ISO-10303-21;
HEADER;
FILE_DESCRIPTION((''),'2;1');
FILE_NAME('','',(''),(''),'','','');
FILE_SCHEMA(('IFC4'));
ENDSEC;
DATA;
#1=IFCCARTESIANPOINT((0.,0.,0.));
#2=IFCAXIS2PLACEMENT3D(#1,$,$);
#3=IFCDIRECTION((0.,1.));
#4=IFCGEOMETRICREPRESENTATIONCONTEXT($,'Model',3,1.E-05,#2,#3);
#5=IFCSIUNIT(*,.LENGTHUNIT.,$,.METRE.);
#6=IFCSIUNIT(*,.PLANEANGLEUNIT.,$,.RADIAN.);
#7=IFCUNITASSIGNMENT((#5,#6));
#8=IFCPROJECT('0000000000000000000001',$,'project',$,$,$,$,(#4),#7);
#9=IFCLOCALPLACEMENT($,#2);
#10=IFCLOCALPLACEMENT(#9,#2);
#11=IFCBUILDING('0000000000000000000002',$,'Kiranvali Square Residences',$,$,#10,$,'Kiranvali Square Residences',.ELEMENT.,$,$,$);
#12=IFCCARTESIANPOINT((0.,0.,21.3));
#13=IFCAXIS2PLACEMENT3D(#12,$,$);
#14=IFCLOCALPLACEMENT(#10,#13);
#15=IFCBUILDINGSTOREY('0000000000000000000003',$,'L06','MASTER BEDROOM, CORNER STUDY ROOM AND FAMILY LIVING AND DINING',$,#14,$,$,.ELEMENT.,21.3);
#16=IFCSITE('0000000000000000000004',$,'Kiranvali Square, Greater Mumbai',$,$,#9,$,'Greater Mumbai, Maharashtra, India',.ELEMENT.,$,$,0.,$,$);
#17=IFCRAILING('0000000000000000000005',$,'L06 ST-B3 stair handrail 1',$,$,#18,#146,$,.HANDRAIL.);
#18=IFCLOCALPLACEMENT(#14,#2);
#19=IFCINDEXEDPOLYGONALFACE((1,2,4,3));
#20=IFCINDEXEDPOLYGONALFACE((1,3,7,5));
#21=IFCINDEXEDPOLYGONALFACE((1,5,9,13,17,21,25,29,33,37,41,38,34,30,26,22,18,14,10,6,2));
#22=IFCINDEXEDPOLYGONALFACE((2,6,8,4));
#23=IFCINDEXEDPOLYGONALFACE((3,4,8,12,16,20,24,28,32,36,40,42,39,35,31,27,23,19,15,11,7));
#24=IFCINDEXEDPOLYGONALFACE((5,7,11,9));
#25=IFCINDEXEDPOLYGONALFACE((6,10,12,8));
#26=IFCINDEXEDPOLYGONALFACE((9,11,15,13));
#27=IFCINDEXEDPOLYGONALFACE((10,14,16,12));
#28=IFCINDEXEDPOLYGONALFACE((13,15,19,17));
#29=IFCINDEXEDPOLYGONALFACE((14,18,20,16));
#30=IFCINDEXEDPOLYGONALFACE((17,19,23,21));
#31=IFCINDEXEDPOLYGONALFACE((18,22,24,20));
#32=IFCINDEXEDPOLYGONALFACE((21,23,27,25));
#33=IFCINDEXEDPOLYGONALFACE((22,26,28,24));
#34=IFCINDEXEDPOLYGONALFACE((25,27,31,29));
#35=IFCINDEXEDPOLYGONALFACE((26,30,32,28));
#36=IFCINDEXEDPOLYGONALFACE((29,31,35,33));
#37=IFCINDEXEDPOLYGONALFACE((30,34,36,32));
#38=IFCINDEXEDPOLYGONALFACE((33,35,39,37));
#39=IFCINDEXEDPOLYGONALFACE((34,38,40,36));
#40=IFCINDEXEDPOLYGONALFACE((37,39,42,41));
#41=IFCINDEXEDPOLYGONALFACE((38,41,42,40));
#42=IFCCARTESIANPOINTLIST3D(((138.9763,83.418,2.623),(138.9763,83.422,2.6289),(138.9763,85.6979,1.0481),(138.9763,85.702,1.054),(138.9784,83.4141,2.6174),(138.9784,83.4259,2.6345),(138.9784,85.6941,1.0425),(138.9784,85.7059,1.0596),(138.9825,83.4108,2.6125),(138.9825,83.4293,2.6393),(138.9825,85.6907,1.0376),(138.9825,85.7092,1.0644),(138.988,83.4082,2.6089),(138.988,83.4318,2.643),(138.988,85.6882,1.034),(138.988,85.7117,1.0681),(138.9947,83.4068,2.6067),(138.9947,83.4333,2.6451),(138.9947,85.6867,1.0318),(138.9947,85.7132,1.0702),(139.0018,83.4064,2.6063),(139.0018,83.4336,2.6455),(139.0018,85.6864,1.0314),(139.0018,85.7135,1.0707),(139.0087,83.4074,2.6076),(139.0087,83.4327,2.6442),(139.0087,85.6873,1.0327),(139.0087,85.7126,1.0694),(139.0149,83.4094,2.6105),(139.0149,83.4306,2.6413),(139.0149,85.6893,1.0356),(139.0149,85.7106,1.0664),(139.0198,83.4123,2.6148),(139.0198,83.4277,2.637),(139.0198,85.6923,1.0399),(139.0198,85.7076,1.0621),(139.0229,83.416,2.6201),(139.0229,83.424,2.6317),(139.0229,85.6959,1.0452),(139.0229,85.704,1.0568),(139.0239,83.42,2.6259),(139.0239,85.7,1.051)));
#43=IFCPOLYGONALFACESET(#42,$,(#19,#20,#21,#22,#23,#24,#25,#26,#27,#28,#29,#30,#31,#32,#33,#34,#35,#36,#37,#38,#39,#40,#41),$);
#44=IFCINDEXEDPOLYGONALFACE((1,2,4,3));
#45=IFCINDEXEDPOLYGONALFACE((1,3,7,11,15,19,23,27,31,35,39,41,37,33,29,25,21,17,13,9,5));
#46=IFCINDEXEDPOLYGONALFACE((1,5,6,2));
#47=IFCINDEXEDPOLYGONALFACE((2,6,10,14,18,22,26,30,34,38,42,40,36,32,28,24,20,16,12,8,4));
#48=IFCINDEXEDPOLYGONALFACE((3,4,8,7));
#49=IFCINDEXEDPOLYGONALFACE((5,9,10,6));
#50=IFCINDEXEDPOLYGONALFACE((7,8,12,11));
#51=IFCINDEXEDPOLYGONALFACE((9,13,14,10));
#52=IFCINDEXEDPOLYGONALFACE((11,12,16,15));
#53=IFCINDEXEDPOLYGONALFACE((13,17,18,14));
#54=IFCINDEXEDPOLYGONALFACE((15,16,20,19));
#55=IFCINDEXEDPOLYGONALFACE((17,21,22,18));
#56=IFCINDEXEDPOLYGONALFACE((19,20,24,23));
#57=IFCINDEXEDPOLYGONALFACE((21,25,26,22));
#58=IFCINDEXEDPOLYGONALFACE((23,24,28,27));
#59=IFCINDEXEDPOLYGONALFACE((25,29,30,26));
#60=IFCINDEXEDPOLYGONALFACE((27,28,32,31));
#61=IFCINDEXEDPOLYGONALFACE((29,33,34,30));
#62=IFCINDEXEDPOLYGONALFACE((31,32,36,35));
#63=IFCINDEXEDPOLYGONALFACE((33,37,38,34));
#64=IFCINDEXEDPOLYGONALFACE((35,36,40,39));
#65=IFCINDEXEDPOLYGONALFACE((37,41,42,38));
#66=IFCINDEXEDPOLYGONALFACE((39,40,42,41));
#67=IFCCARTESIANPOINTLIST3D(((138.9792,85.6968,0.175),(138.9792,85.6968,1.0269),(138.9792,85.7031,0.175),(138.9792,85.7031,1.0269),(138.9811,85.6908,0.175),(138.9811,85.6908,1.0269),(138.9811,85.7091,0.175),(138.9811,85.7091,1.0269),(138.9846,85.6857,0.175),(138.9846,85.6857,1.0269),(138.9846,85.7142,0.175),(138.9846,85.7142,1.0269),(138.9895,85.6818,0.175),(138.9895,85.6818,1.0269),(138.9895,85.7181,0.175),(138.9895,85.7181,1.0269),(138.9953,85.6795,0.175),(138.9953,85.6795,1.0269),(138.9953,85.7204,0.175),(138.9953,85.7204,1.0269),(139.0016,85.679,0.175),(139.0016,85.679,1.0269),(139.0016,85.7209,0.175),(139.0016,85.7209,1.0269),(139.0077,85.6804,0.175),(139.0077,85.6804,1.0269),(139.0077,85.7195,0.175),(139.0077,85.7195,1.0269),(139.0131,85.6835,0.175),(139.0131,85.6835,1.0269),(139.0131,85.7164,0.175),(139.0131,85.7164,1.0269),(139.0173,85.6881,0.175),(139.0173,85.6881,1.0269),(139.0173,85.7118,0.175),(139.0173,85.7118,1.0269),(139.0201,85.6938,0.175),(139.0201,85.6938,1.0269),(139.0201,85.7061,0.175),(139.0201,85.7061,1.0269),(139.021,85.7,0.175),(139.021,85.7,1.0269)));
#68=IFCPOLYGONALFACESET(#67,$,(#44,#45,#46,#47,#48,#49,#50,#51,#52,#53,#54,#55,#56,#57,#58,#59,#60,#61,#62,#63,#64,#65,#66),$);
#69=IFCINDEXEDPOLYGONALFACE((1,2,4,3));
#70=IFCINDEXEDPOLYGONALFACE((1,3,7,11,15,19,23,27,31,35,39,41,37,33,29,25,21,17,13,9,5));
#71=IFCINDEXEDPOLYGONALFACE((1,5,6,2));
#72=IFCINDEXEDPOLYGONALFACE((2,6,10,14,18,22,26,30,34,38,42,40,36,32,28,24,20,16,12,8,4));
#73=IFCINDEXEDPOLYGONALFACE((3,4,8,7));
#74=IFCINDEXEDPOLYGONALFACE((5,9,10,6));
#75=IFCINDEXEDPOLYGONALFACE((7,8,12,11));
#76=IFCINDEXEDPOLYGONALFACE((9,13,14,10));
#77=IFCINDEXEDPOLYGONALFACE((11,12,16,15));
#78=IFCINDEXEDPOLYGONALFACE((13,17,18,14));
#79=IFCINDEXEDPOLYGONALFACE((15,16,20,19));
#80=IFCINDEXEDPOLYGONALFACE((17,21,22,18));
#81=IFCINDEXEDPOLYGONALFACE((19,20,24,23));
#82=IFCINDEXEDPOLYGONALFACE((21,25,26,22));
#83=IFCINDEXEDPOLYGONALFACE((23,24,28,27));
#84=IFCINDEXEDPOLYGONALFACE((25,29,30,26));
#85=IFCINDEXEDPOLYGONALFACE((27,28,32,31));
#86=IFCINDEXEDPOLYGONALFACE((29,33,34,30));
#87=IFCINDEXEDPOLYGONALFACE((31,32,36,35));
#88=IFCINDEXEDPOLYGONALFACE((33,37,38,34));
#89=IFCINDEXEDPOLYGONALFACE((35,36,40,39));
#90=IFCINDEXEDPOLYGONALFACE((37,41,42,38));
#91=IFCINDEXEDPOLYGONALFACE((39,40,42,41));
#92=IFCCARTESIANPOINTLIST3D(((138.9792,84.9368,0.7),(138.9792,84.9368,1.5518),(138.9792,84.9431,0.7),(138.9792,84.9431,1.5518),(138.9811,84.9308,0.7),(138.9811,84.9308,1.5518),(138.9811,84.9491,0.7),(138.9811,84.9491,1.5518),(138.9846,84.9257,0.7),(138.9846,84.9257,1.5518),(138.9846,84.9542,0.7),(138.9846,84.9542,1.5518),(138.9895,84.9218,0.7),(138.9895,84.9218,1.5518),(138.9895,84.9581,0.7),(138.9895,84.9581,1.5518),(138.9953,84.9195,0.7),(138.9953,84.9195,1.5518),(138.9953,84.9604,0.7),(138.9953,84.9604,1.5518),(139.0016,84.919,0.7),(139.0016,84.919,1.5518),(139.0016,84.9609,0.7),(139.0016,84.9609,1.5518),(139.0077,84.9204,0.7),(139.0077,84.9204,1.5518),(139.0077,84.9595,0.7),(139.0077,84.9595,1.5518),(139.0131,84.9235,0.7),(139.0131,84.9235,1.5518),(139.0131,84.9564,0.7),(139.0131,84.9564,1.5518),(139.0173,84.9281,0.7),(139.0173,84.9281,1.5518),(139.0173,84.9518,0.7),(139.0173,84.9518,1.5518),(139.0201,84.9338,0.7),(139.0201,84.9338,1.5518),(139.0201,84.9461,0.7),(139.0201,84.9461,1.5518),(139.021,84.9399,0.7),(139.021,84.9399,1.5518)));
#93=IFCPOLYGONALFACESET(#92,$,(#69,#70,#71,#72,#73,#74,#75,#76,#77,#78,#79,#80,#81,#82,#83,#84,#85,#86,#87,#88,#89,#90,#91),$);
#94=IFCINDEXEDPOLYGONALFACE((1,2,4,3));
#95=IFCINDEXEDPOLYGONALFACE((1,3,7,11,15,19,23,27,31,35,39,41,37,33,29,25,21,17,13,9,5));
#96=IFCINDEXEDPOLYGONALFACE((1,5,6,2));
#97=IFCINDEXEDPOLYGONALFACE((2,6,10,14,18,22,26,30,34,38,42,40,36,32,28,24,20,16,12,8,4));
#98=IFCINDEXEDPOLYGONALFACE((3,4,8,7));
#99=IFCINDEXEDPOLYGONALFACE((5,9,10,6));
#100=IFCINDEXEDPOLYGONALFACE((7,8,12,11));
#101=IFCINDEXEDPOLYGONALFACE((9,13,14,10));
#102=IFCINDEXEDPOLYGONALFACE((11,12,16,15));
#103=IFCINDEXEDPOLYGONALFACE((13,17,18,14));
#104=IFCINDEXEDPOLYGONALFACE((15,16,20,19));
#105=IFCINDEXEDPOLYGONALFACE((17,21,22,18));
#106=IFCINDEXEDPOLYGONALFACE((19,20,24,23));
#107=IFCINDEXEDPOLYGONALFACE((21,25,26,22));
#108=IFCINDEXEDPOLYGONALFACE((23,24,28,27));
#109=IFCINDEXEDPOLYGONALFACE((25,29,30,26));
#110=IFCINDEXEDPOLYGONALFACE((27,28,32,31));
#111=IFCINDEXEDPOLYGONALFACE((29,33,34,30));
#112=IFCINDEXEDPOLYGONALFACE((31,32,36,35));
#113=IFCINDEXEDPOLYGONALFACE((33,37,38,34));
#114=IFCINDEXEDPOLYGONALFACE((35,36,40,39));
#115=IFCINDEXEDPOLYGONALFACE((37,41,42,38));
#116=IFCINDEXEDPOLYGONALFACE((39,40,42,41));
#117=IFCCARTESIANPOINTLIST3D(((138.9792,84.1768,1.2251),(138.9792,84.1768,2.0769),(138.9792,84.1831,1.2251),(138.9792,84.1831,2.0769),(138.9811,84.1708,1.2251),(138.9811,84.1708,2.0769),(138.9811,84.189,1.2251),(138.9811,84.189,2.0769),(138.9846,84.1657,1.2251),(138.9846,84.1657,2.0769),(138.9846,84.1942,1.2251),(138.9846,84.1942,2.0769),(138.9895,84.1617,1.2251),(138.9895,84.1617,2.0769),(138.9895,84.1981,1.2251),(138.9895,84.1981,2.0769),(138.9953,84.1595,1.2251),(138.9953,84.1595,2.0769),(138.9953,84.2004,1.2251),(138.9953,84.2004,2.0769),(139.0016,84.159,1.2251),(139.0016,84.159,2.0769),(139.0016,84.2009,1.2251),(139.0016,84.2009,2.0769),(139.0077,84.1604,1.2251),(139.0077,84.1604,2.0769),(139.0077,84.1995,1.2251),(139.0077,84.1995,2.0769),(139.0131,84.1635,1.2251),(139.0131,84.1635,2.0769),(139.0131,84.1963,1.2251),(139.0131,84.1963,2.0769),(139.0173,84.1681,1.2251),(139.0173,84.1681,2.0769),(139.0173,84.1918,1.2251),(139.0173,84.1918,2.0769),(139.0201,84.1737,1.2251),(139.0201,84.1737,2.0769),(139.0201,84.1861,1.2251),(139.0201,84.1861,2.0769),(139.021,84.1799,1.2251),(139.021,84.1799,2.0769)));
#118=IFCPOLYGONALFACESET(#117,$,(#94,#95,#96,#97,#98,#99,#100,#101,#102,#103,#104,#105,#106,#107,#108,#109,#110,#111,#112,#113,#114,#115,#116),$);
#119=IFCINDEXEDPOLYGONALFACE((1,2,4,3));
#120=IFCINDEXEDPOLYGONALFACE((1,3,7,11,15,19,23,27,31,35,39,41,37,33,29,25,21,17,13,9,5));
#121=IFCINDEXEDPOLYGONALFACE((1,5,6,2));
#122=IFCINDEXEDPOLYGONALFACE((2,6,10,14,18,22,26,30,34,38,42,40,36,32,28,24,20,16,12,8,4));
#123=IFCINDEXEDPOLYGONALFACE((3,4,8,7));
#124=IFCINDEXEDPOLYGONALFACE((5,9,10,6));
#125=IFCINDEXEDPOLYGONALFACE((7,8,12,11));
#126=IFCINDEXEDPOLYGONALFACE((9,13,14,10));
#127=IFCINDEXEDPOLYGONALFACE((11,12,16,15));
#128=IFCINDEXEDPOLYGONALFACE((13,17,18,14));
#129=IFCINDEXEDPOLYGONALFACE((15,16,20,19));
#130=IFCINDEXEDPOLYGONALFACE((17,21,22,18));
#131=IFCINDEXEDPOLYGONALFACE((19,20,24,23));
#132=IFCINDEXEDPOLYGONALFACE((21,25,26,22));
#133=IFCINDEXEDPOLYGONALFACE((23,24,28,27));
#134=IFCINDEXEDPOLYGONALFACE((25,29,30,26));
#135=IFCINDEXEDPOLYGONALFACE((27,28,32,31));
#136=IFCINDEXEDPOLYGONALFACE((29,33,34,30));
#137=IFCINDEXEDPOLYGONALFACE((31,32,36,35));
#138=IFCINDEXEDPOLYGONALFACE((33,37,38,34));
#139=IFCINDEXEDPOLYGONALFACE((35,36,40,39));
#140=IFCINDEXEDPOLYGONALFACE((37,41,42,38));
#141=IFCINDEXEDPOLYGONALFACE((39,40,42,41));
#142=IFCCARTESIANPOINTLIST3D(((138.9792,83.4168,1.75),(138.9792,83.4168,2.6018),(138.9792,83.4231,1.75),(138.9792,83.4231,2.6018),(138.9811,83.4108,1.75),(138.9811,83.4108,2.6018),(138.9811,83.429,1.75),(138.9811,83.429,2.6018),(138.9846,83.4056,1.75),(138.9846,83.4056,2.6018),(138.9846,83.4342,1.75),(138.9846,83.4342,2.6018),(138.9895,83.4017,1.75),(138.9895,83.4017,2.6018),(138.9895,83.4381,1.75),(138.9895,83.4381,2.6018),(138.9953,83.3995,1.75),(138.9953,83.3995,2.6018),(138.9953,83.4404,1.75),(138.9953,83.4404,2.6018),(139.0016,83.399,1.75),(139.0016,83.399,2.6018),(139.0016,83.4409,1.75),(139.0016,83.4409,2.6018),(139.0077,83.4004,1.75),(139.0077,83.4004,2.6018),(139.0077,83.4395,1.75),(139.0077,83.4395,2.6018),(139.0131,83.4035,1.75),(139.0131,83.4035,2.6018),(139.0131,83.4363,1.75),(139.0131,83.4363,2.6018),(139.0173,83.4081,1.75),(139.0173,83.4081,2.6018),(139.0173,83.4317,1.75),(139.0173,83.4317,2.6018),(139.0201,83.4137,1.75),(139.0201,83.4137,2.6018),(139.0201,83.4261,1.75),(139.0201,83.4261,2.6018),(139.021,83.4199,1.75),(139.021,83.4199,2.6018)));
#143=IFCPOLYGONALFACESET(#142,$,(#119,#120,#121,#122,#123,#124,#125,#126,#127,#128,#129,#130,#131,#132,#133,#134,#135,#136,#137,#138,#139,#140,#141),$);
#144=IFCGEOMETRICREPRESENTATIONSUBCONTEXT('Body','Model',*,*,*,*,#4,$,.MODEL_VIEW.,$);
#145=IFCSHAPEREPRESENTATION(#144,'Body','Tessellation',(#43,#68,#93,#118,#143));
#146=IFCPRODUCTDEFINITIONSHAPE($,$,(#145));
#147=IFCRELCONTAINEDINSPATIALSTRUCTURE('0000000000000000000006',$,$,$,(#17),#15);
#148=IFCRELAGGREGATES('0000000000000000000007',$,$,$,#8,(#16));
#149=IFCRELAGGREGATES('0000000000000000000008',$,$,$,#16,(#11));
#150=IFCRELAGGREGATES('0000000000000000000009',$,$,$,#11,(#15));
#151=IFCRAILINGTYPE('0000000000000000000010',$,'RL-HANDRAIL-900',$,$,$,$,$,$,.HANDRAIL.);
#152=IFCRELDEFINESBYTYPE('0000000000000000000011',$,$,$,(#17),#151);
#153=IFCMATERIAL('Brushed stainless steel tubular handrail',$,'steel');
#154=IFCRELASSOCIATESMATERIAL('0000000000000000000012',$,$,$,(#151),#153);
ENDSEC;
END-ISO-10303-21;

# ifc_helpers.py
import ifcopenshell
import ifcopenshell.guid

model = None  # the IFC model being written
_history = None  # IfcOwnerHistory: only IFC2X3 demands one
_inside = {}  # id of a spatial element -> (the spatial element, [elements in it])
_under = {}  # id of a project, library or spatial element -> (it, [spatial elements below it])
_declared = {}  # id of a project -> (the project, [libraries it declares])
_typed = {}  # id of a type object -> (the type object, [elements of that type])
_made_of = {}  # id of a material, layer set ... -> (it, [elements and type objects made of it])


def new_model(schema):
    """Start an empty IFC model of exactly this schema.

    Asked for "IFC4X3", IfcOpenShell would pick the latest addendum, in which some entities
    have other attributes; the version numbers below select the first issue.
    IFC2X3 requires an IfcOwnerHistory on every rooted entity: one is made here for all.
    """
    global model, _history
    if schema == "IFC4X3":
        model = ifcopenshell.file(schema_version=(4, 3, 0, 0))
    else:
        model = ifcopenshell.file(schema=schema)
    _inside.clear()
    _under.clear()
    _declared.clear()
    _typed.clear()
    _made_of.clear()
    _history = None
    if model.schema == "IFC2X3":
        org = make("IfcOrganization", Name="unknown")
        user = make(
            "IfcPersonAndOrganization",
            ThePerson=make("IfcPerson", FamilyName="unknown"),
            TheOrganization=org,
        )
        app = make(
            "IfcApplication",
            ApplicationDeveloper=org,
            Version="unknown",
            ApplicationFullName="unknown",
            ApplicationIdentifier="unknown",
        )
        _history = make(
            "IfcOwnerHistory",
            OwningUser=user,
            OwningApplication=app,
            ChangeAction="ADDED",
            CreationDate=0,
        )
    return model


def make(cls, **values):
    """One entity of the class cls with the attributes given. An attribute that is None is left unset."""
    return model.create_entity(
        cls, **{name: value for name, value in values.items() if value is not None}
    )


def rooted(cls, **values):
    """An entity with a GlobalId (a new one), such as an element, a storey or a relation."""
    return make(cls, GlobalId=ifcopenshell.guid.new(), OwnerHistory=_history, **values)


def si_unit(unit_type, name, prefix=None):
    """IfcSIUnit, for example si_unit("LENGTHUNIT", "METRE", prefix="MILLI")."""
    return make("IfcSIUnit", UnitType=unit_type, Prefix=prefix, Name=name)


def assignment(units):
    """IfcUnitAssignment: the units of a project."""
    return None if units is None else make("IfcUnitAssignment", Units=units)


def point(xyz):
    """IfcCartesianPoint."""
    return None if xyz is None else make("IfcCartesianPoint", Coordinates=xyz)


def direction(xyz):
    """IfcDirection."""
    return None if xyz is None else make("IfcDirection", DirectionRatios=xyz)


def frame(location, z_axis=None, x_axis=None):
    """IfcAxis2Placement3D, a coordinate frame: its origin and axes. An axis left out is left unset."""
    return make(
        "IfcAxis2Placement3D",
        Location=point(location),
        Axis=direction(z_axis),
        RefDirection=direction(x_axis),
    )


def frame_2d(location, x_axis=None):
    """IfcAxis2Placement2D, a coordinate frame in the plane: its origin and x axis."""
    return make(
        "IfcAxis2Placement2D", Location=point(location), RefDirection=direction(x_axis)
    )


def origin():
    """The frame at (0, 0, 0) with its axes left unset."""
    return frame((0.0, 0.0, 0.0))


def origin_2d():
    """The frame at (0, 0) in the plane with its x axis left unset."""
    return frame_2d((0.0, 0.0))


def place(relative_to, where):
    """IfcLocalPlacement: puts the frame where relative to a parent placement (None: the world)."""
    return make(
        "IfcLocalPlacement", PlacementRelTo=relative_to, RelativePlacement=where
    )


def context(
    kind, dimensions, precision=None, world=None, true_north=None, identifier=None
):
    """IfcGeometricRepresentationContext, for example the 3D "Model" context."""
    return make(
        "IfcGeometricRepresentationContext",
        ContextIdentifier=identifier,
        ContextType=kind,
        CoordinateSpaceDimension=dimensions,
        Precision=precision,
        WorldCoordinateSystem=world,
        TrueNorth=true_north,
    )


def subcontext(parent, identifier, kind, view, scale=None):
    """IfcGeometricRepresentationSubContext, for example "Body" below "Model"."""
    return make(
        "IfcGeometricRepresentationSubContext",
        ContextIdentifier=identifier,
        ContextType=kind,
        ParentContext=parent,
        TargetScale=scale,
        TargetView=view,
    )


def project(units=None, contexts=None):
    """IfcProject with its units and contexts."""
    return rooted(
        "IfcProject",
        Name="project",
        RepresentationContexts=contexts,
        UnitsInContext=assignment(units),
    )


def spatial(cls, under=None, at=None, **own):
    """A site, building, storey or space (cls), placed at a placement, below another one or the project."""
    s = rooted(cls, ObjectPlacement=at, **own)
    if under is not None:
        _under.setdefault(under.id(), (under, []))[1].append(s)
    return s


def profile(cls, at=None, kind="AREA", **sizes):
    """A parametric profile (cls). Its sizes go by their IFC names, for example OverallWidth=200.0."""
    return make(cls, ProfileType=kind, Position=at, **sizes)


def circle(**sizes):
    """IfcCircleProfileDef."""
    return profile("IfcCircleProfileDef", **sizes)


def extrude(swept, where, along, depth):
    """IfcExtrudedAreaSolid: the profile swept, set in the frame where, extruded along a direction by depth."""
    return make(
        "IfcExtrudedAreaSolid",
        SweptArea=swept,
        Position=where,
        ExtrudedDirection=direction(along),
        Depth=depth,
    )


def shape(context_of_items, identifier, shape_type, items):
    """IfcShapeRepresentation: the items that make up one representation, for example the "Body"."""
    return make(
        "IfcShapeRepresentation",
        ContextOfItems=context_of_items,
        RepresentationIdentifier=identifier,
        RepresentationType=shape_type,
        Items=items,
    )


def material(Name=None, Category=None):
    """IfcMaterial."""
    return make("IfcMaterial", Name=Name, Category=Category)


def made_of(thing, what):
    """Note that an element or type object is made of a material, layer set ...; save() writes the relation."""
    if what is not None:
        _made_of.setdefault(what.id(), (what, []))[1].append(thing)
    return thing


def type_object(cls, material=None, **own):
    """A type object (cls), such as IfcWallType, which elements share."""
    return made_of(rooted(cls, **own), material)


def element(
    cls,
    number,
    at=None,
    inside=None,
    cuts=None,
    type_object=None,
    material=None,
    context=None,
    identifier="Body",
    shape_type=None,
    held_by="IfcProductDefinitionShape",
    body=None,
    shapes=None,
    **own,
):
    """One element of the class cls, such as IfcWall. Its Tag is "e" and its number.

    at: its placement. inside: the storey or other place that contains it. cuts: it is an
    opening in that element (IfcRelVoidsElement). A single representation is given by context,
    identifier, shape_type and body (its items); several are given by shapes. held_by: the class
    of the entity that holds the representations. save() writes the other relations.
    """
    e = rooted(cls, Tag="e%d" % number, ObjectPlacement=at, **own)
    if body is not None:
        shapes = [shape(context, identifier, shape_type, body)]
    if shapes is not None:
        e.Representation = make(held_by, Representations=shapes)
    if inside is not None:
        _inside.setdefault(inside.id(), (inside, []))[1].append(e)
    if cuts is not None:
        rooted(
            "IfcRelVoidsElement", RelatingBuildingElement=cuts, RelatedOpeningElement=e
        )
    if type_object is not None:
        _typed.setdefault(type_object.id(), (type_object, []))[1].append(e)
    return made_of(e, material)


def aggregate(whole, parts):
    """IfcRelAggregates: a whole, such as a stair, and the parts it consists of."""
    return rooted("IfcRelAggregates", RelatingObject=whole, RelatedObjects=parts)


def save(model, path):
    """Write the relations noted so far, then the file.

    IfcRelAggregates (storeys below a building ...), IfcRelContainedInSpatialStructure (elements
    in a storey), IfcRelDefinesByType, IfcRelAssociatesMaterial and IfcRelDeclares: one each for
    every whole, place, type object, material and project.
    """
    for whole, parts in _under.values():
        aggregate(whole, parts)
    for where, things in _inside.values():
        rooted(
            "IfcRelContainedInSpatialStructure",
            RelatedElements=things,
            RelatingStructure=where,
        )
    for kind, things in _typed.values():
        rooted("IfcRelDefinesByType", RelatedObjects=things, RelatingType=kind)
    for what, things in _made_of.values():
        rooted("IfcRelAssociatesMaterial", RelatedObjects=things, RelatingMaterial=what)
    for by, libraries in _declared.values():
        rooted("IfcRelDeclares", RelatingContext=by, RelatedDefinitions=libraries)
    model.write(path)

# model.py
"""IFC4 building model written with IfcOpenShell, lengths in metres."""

from ifc_helpers import new_model, si_unit, direction, frame, origin, origin_2d, place, context, subcontext, project, spatial, circle, extrude, material, type_object, element, save


model = new_model("IFC4")

# Units and contexts
model_context = context("Model", 3, precision=1e-05, world=origin(), true_north=direction((0.0, 1.0)))
body_context = subcontext(model_context, "Body", "Model", "MODEL_VIEW")
ifc_project = project(units=[si_unit("LENGTHUNIT", "METRE"), si_unit("PLANEANGLEUNIT", "RADIAN")], contexts=[model_context])

# Site, building, storey
site_placement = place(None, origin())
site = spatial("IfcSite", under=ifc_project, at=site_placement, Name="Kiranvali Square, Greater Mumbai", LongName="Greater Mumbai, Maharashtra, India", CompositionType="ELEMENT", RefElevation=0.0)
building_placement = place(site_placement, origin())
building = spatial("IfcBuilding", under=site, at=building_placement, Name="Kiranvali Square Residences", LongName="Kiranvali Square Residences", CompositionType="ELEMENT")
storey_placement = place(building_placement, frame((0.0, 0.0, 21.3)))
storey = spatial("IfcBuildingStorey", under=building, at=storey_placement, Name="L06", Description="MASTER BEDROOM, CORNER STUDY ROOM AND FAMILY LIVING AND DINING", CompositionType="ELEMENT", Elevation=21.3)

# Railing
ifc_material_1 = material(Name="Brushed stainless steel tubular handrail", Category="steel")
railing_type_1 = type_object("IfcRailingType", Name="RL-HANDRAIL-900", PredefinedType="HANDRAIL", material=ifc_material_1)
railing_1_placement = place(storey_placement, frame((139.0, 85.7, 0.175)))
element("IfcRailing", 1, at=railing_1_placement, inside=storey, type_object=railing_type_1, Name="L06 ST-B3 stair handrail 1", PredefinedType="HANDRAIL", context=body_context, shape_type="SweptSolid", body=[
    extrude(circle(Radius=0.0239, at=origin_2d()), frame((0.0, 0.0, 0.876), z_axis=(0.0, -0.822788, 0.568348), x_axis=(1.0, 0.0, 0.0)), (0.0, 0.0, 1.0), 2.771),
    extrude(circle(Radius=0.021, at=origin_2d()), origin(), (0.0, 0.0, 1.0), 0.8518),
    extrude(circle(Radius=0.021, at=origin_2d()), frame((0.0, -0.76, 0.5249)), (0.0, 0.0, 1.0), 0.8518),
    extrude(circle(Radius=0.021, at=origin_2d()), frame((0.0, -1.52, 1.05)), (0.0, 0.0, 1.0), 0.8518),
    extrude(circle(Radius=0.021, at=origin_2d()), frame((0.0, -2.28, 1.575)), (0.0, 0.0, 1.0), 0.8518),
])

save(model, "model.ifc")
